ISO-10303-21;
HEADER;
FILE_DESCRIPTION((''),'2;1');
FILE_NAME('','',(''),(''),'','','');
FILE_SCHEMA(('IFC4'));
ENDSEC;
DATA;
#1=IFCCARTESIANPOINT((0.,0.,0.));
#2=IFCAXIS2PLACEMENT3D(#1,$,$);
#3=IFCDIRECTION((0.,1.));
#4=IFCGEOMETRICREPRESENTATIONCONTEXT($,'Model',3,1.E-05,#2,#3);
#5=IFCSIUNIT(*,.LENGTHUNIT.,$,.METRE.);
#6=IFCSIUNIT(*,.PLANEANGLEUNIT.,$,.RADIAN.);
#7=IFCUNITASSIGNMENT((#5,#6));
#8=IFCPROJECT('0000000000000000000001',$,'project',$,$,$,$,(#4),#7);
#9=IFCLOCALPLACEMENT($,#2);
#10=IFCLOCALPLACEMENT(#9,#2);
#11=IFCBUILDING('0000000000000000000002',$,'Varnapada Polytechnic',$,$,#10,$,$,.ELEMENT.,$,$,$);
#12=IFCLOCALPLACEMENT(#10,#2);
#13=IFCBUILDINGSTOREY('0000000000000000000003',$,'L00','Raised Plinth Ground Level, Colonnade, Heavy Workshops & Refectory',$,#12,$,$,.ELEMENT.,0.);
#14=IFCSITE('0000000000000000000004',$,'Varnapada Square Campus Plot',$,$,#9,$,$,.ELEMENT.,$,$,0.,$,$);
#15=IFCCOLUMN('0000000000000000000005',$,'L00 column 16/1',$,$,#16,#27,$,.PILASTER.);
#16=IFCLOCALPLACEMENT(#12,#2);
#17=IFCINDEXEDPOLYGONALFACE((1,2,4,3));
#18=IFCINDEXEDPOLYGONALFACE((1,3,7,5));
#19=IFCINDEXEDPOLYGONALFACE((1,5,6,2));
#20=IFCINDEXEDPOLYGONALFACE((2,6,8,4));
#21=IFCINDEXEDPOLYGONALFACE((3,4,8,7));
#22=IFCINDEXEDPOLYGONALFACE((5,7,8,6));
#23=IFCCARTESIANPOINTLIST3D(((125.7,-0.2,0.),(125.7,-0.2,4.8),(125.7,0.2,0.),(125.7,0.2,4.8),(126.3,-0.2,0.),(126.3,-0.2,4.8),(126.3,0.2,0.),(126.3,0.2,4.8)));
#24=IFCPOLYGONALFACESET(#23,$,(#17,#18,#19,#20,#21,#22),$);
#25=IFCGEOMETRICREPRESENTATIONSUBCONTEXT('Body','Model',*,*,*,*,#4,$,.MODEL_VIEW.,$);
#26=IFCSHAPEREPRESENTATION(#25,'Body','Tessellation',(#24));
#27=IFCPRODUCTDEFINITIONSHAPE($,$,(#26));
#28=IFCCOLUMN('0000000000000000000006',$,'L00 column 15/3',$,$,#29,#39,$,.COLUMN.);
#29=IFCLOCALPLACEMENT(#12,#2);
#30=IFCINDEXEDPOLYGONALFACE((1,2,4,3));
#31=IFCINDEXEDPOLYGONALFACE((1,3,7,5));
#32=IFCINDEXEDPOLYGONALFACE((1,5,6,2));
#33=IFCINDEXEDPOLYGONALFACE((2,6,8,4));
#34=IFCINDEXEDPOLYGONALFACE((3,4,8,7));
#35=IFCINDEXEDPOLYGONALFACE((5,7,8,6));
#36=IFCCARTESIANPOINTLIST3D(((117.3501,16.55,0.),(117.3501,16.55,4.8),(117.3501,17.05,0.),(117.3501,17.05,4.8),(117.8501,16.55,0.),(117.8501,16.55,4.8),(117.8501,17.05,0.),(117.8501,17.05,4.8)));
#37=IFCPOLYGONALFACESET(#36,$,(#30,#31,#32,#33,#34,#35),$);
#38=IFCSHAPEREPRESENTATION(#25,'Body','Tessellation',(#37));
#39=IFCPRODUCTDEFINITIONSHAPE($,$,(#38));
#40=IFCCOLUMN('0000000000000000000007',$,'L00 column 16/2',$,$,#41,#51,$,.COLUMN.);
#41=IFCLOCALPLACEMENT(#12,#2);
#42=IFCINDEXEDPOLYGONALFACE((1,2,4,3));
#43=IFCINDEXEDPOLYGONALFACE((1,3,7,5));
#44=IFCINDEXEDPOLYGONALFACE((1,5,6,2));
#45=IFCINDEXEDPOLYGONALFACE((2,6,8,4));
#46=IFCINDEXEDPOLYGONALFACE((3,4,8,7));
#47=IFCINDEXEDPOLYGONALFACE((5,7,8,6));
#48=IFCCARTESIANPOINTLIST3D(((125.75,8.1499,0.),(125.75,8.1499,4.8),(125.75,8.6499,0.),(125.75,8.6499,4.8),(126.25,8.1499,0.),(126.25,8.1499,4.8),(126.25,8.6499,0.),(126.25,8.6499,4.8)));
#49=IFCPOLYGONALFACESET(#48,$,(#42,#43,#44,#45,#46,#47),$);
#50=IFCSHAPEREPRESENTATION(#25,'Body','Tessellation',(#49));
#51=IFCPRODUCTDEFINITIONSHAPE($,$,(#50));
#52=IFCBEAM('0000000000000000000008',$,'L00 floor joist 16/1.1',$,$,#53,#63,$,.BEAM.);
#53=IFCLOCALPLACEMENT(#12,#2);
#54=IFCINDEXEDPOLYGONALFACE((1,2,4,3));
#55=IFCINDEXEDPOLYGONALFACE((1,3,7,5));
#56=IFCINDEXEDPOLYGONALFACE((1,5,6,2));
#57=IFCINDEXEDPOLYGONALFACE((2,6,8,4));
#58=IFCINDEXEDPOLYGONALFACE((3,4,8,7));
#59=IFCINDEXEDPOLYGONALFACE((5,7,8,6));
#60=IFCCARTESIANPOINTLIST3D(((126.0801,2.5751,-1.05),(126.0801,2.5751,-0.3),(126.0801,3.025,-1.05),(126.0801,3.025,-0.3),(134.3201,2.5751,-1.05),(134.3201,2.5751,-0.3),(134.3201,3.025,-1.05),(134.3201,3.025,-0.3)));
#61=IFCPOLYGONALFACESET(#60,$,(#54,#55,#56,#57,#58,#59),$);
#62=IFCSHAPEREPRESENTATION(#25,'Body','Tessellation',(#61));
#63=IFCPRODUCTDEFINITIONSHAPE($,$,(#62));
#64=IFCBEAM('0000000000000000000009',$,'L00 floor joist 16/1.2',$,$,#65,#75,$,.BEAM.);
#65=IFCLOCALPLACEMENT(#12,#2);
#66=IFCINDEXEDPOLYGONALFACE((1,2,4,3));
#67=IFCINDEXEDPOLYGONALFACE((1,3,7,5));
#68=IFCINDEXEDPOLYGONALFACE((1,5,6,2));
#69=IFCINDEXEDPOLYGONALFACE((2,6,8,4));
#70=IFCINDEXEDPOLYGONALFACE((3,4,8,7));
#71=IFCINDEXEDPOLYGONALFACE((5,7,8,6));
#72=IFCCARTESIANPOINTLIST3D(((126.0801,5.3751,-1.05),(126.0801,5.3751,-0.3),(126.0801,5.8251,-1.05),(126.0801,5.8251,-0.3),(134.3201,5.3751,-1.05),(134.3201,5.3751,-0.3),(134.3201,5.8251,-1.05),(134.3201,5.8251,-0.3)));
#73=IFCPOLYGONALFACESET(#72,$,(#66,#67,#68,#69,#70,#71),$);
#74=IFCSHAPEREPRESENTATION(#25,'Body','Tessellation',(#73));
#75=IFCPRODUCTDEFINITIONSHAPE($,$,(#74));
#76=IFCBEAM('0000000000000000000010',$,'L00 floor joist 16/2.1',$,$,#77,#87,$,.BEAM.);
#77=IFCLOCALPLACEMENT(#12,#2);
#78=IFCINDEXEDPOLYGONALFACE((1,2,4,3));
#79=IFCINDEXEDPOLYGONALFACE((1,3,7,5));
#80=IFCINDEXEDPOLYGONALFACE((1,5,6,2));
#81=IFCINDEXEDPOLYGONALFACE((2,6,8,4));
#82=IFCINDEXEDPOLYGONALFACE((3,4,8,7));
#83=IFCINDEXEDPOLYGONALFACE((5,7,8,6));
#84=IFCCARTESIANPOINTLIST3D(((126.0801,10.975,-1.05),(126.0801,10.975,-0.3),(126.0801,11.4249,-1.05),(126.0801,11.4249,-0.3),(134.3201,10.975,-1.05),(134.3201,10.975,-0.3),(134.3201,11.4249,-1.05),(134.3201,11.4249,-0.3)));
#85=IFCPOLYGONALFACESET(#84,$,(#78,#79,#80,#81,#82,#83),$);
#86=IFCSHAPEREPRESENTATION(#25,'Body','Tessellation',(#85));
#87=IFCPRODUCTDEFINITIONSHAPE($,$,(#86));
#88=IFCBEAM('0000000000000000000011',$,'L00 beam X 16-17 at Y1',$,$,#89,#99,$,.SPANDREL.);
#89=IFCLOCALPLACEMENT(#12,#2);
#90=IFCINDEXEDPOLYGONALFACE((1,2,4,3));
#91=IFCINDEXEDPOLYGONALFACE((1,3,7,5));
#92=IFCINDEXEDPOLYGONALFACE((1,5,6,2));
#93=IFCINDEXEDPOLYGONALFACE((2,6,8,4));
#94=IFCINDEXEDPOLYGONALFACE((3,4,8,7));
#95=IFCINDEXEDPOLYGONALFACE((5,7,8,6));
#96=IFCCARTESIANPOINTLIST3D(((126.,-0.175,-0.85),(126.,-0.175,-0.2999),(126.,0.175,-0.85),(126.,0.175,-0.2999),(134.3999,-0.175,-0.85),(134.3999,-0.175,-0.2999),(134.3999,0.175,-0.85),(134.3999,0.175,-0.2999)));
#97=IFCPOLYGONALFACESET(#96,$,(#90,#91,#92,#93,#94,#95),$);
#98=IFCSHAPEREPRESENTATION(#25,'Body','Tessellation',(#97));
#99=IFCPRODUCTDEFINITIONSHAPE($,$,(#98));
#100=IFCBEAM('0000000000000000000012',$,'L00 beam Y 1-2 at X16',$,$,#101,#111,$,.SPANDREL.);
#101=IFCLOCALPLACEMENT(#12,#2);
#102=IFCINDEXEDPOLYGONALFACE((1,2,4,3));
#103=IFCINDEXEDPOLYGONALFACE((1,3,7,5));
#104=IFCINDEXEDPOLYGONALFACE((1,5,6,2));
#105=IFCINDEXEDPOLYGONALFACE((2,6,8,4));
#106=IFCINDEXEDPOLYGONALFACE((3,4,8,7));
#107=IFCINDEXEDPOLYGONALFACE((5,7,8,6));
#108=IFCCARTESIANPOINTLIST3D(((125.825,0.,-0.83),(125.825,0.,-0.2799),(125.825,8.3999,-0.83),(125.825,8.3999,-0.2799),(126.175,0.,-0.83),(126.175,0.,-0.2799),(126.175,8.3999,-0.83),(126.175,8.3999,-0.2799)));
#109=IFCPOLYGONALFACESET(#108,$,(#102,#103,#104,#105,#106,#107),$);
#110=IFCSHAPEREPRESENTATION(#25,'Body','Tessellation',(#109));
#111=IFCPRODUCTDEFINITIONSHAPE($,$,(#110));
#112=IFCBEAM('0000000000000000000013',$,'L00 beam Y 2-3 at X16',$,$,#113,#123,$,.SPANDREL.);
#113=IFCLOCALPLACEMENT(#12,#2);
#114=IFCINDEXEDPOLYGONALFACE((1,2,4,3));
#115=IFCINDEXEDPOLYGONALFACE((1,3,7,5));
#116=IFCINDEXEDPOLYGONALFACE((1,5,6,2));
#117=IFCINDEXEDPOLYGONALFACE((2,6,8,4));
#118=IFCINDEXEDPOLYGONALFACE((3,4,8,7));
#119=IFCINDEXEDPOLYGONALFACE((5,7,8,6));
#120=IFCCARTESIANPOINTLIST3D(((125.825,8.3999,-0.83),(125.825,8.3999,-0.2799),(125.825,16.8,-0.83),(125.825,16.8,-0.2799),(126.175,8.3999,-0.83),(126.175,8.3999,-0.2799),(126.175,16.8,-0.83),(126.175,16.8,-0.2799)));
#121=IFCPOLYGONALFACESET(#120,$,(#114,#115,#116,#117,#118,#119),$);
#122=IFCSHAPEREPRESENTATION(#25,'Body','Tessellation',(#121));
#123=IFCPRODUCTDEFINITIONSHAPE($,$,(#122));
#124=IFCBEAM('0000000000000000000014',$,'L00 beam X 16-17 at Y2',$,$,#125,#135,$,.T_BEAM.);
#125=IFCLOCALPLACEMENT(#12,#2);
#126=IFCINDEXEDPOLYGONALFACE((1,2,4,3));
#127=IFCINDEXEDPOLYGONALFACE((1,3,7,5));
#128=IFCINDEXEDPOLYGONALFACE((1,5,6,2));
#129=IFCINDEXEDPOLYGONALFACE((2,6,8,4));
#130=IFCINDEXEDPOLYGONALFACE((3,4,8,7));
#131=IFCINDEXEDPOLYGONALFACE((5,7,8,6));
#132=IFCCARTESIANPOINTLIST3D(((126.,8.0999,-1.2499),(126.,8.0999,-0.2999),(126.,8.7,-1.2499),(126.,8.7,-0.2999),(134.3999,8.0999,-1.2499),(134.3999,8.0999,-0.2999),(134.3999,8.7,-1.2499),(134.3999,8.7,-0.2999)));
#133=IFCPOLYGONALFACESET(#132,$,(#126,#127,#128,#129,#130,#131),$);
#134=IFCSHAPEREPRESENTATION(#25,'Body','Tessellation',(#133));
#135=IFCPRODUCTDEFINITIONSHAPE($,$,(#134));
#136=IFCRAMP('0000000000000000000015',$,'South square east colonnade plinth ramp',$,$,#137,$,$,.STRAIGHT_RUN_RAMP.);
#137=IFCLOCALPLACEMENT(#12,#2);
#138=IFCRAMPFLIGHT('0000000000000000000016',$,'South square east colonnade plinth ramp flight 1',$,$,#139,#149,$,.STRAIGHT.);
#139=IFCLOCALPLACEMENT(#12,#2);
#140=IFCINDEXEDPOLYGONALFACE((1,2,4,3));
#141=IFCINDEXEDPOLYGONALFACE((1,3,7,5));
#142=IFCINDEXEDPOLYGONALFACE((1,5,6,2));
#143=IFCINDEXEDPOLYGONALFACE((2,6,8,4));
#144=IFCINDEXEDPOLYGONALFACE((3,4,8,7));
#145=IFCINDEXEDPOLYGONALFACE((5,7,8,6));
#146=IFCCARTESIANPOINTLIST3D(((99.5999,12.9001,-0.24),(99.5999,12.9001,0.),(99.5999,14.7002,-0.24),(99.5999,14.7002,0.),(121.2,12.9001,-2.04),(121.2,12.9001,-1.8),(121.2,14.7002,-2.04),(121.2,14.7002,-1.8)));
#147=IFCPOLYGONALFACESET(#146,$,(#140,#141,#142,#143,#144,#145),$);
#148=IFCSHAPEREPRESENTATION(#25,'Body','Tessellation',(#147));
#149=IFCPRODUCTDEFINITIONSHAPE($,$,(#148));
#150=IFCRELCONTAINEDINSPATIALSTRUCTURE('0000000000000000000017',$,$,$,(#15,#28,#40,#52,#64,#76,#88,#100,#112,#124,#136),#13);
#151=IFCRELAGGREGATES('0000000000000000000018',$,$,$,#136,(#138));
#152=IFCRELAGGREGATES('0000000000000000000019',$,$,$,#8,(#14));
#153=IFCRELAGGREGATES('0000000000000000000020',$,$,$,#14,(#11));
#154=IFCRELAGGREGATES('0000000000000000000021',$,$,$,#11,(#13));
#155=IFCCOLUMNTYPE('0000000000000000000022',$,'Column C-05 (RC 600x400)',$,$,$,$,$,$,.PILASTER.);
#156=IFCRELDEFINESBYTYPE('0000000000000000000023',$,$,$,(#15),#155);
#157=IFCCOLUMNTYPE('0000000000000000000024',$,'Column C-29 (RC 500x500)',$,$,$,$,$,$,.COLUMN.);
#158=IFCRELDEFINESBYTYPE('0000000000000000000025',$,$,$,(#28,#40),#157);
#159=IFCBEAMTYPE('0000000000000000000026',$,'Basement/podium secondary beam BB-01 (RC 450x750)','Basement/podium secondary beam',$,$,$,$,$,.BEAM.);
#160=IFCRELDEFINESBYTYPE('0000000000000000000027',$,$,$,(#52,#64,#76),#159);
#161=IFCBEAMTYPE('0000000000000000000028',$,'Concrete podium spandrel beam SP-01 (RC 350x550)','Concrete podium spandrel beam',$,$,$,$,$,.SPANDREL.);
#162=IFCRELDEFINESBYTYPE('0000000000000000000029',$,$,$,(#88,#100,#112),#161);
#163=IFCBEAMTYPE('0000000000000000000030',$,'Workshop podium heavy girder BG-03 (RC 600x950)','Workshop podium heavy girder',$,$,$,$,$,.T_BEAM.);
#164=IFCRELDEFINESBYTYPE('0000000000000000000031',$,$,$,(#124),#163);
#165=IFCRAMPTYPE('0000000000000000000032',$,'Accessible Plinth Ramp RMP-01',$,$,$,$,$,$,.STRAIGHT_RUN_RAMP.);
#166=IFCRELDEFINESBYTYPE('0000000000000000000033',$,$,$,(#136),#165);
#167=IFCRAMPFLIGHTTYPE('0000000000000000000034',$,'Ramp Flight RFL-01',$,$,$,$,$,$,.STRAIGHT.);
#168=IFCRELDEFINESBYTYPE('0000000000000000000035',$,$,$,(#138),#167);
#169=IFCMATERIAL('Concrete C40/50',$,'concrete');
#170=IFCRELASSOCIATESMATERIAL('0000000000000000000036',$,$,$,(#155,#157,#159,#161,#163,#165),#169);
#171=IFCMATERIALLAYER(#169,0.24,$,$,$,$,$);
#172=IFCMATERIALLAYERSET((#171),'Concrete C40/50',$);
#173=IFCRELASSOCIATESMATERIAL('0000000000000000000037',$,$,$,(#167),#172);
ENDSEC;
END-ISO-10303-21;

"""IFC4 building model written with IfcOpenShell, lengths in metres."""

from ifc_helpers import new_model, si_unit, direction, frame, origin, origin_2d, place, context, subcontext, project, spatial, polyline, rectangle, outline, extrude, material, layer, layer_set, material_profile, profile_set, type_object, element, aggregate, save


model = new_model("IFC4")

# Units and contexts
model_context = context("Model", 3, precision=1e-05, world=origin(), true_north=direction((0.0, 1.0)))
body_context = subcontext(model_context, "Body", "Model", "MODEL_VIEW")
ifc_project = project(units=[si_unit("LENGTHUNIT", "METRE"), si_unit("PLANEANGLEUNIT", "RADIAN")], contexts=[model_context])

# Site, building, storey
site_placement = place(None, origin())
site = spatial("IfcSite", under=ifc_project, at=site_placement, Name="Varnapada Square Campus Plot", CompositionType="ELEMENT", RefElevation=0.0)
building_placement = place(site_placement, origin())
building = spatial("IfcBuilding", under=site, at=building_placement, Name="Varnapada Polytechnic", CompositionType="ELEMENT")
storey_placement = place(building_placement, origin())
storey = spatial("IfcBuildingStorey", under=building, at=storey_placement, Name="L00", Description="Raised Plinth Ground Level, Colonnade, Heavy Workshops & Refectory", CompositionType="ELEMENT", Elevation=0.0)

# Columns
ifc_material_1 = material(Name="Concrete C40/50", Category="concrete")
ifc_material_profile_1 = material_profile(ifc_material_1, rectangle(XDim=0.6001, YDim=0.3999, at=origin_2d()), Name="RC 600x400")
ifc_profile_set_1 = profile_set([ifc_material_profile_1], Name="Concrete C40/50")
column_type_1 = type_object("IfcColumnType", Name="Column C-05 (RC 600x400)", PredefinedType="PILASTER", material=ifc_profile_set_1)
column_placement = place(storey_placement, frame((126.0, 0.0, 0.0), z_axis=(0.0, 0.0, 1.0), x_axis=(1.0, 0.0, 0.0)))
element("IfcColumn", 1, at=column_placement, inside=storey, type_object=column_type_1, Name="L00 column 16/1", PredefinedType="PILASTER", context=body_context, shape_type="SweptSolid", body=[
    extrude(rectangle(XDim=0.6001, YDim=0.3999, at=origin_2d()), origin(), (0.0, 0.0, 1.0), 4.8),
])
ifc_material_profile_2 = material_profile(ifc_material_1, rectangle(XDim=0.5, YDim=0.5, at=origin_2d()), Name="RC 500x500")
ifc_profile_set_2 = profile_set([ifc_material_profile_2], Name="Concrete C40/50")
column_type_2 = type_object("IfcColumnType", Name="Column C-29 (RC 500x500)", PredefinedType="COLUMN", material=ifc_profile_set_2)
for number, where, z_axis, x_axis, name in (
    (2, (117.6001, 16.8, 0.0), (0.0, 0.0, 1.0), (1.0, 0.0, 0.0), "L00 column 15/3"),
    (3, (126.0, 8.3999, 0.0), (0.0, 0.0, 1.0), (1.0, 0.0, 0.0), "L00 column 16/2"),
):
    element("IfcColumn", number, at=place(storey_placement, frame(where, z_axis=z_axis, x_axis=x_axis)), inside=storey, type_object=column_type_2, Name=name, PredefinedType="COLUMN", context=body_context, shape_type="SweptSolid", body=[
        extrude(rectangle(XDim=0.5, YDim=0.5, at=origin_2d()), origin(), (0.0, 0.0, 1.0), 4.8),
    ])

# Beams
ifc_material_profile_3 = material_profile(ifc_material_1, rectangle(XDim=0.45, YDim=0.75, at=origin_2d()), Name="RC 450x750")
ifc_profile_set_3 = profile_set([ifc_material_profile_3], Name="Concrete C40/50")
beam_type_1 = type_object("IfcBeamType", Name="Basement/podium secondary beam BB-01 (RC 450x750)", Description="Basement/podium secondary beam", PredefinedType="BEAM", material=ifc_profile_set_3)
for number, where, z_axis, x_axis, name in (
    (4, (126.0801, 2.8, -0.675), (1.0, 0.0, 0.0), (0.0, 1.0, 0.0), "L00 floor joist 16/1.1"),
    (5, (126.0801, 5.6001, -0.675), (1.0, 0.0, 0.0), (0.0, 1.0, 0.0), "L00 floor joist 16/1.2"),
    (6, (126.0801, 11.2, -0.675), (1.0, 0.0, 0.0), (0.0, 1.0, 0.0), "L00 floor joist 16/2.1"),
):
    element("IfcBeam", number, at=place(storey_placement, frame(where, z_axis=z_axis, x_axis=x_axis)), inside=storey, type_object=beam_type_1, Name=name, PredefinedType="BEAM", context=body_context, shape_type="SweptSolid", body=[
        extrude(rectangle(XDim=0.45, YDim=0.75, at=origin_2d()), origin(), (0.0, 0.0, 1.0), 8.24),
    ])
ifc_material_profile_4 = material_profile(ifc_material_1, rectangle(XDim=0.3501, YDim=0.55, at=origin_2d()), Name="RC 350x550")
ifc_profile_set_4 = profile_set([ifc_material_profile_4], Name="Concrete C40/50")
beam_type_2 = type_object("IfcBeamType", Name="Concrete podium spandrel beam SP-01 (RC 350x550)", Description="Concrete podium spandrel beam", PredefinedType="SPANDREL", material=ifc_profile_set_4)
for number, where, z_axis, x_axis, name in (
    (7, (126.0, 0.0, -0.575), (1.0, 0.0, 0.0), (0.0, 1.0, 0.0), "L00 beam X 16-17 at Y1"),
    (8, (126.0, 0.0, -0.5549), (0.0, 1.0, 0.0), (-1.0, 0.0, 0.0), "L00 beam Y 1-2 at X16"),
):
    element("IfcBeam", number, at=place(storey_placement, frame(where, z_axis=z_axis, x_axis=x_axis)), inside=storey, type_object=beam_type_2, Name=name, PredefinedType="SPANDREL", context=body_context, shape_type="SweptSolid", body=[
        extrude(rectangle(XDim=0.3501, YDim=0.55, at=origin_2d()), origin(), (0.0, 0.0, 1.0), 8.3999),
    ])
beam_1_placement = place(storey_placement, frame((126.0, 8.3999, -0.5549), z_axis=(0.0, 1.0, 0.0), x_axis=(-1.0, 0.0, 0.0)))
element("IfcBeam", 9, at=beam_1_placement, inside=storey, type_object=beam_type_2, Name="L00 beam Y 2-3 at X16", PredefinedType="SPANDREL", context=body_context, shape_type="SweptSolid", body=[
    extrude(rectangle(XDim=0.3501, YDim=0.55, at=origin_2d()), origin(), (0.0, 0.0, 1.0), 8.4001),
])
ifc_material_profile_5 = material_profile(ifc_material_1, rectangle(XDim=0.6001, YDim=0.95, at=origin_2d()), Name="RC 600x950")
ifc_profile_set_5 = profile_set([ifc_material_profile_5], Name="Concrete C40/50")
beam_type_3 = type_object("IfcBeamType", Name="Workshop podium heavy girder BG-03 (RC 600x950)", Description="Workshop podium heavy girder", PredefinedType="T_BEAM", material=ifc_profile_set_5)
beam_2_placement = place(storey_placement, frame((126.0, 8.3999, -0.7749), z_axis=(1.0, 0.0, 0.0), x_axis=(0.0, 1.0, 0.0)))
element("IfcBeam", 10, at=beam_2_placement, inside=storey, type_object=beam_type_3, Name="L00 beam X 16-17 at Y2", PredefinedType="T_BEAM", context=body_context, shape_type="SweptSolid", body=[
    extrude(rectangle(XDim=0.6001, YDim=0.95, at=origin_2d()), origin(), (0.0, 0.0, 1.0), 8.3999),
])

# Ramp, ramp flight
ramp_type = type_object("IfcRampType", Name="Accessible Plinth Ramp RMP-01", PredefinedType="STRAIGHT_RUN_RAMP", material=ifc_material_1)
ramp_placement = place(storey_placement, origin())
ramp = element("IfcRamp", 11, at=ramp_placement, inside=storey, type_object=ramp_type, Name="South square east colonnade plinth ramp", PredefinedType="STRAIGHT_RUN_RAMP")
ifc_layer = layer(ifc_material_1, 0.24)
ifc_layer_set = layer_set([ifc_layer], Name="Concrete C40/50")
ramp_flight_type = type_object("IfcRampFlightType", Name="Ramp Flight RFL-01", PredefinedType="STRAIGHT", material=ifc_layer_set)
ramp_flight_placement = place(storey_placement, frame((121.2, 13.8, -1.8), z_axis=(0.0, 0.0, 1.0), x_axis=(-1.0, 0.0, 0.0)))
ramp_flight = element("IfcRampFlight", 12, at=ramp_flight_placement, type_object=ramp_flight_type, Name="South square east colonnade plinth ramp flight 1", PredefinedType="STRAIGHT", context=body_context, shape_type="SweptSolid", body=[
    extrude(outline(polyline([(0.0, 0.0), (21.6001, 1.8), (21.6001, 1.5601), (0.0, -0.24), (0.0, 0.0)])), frame((0.0, 0.8999, 0.0), z_axis=(0.0, -1.0, 0.0), x_axis=(1.0, 0.0, 0.0)), (0.0, 0.0, 1.0), 1.8),
])
aggregate(ramp, [ramp_flight])

save(model, "model.ifc")
